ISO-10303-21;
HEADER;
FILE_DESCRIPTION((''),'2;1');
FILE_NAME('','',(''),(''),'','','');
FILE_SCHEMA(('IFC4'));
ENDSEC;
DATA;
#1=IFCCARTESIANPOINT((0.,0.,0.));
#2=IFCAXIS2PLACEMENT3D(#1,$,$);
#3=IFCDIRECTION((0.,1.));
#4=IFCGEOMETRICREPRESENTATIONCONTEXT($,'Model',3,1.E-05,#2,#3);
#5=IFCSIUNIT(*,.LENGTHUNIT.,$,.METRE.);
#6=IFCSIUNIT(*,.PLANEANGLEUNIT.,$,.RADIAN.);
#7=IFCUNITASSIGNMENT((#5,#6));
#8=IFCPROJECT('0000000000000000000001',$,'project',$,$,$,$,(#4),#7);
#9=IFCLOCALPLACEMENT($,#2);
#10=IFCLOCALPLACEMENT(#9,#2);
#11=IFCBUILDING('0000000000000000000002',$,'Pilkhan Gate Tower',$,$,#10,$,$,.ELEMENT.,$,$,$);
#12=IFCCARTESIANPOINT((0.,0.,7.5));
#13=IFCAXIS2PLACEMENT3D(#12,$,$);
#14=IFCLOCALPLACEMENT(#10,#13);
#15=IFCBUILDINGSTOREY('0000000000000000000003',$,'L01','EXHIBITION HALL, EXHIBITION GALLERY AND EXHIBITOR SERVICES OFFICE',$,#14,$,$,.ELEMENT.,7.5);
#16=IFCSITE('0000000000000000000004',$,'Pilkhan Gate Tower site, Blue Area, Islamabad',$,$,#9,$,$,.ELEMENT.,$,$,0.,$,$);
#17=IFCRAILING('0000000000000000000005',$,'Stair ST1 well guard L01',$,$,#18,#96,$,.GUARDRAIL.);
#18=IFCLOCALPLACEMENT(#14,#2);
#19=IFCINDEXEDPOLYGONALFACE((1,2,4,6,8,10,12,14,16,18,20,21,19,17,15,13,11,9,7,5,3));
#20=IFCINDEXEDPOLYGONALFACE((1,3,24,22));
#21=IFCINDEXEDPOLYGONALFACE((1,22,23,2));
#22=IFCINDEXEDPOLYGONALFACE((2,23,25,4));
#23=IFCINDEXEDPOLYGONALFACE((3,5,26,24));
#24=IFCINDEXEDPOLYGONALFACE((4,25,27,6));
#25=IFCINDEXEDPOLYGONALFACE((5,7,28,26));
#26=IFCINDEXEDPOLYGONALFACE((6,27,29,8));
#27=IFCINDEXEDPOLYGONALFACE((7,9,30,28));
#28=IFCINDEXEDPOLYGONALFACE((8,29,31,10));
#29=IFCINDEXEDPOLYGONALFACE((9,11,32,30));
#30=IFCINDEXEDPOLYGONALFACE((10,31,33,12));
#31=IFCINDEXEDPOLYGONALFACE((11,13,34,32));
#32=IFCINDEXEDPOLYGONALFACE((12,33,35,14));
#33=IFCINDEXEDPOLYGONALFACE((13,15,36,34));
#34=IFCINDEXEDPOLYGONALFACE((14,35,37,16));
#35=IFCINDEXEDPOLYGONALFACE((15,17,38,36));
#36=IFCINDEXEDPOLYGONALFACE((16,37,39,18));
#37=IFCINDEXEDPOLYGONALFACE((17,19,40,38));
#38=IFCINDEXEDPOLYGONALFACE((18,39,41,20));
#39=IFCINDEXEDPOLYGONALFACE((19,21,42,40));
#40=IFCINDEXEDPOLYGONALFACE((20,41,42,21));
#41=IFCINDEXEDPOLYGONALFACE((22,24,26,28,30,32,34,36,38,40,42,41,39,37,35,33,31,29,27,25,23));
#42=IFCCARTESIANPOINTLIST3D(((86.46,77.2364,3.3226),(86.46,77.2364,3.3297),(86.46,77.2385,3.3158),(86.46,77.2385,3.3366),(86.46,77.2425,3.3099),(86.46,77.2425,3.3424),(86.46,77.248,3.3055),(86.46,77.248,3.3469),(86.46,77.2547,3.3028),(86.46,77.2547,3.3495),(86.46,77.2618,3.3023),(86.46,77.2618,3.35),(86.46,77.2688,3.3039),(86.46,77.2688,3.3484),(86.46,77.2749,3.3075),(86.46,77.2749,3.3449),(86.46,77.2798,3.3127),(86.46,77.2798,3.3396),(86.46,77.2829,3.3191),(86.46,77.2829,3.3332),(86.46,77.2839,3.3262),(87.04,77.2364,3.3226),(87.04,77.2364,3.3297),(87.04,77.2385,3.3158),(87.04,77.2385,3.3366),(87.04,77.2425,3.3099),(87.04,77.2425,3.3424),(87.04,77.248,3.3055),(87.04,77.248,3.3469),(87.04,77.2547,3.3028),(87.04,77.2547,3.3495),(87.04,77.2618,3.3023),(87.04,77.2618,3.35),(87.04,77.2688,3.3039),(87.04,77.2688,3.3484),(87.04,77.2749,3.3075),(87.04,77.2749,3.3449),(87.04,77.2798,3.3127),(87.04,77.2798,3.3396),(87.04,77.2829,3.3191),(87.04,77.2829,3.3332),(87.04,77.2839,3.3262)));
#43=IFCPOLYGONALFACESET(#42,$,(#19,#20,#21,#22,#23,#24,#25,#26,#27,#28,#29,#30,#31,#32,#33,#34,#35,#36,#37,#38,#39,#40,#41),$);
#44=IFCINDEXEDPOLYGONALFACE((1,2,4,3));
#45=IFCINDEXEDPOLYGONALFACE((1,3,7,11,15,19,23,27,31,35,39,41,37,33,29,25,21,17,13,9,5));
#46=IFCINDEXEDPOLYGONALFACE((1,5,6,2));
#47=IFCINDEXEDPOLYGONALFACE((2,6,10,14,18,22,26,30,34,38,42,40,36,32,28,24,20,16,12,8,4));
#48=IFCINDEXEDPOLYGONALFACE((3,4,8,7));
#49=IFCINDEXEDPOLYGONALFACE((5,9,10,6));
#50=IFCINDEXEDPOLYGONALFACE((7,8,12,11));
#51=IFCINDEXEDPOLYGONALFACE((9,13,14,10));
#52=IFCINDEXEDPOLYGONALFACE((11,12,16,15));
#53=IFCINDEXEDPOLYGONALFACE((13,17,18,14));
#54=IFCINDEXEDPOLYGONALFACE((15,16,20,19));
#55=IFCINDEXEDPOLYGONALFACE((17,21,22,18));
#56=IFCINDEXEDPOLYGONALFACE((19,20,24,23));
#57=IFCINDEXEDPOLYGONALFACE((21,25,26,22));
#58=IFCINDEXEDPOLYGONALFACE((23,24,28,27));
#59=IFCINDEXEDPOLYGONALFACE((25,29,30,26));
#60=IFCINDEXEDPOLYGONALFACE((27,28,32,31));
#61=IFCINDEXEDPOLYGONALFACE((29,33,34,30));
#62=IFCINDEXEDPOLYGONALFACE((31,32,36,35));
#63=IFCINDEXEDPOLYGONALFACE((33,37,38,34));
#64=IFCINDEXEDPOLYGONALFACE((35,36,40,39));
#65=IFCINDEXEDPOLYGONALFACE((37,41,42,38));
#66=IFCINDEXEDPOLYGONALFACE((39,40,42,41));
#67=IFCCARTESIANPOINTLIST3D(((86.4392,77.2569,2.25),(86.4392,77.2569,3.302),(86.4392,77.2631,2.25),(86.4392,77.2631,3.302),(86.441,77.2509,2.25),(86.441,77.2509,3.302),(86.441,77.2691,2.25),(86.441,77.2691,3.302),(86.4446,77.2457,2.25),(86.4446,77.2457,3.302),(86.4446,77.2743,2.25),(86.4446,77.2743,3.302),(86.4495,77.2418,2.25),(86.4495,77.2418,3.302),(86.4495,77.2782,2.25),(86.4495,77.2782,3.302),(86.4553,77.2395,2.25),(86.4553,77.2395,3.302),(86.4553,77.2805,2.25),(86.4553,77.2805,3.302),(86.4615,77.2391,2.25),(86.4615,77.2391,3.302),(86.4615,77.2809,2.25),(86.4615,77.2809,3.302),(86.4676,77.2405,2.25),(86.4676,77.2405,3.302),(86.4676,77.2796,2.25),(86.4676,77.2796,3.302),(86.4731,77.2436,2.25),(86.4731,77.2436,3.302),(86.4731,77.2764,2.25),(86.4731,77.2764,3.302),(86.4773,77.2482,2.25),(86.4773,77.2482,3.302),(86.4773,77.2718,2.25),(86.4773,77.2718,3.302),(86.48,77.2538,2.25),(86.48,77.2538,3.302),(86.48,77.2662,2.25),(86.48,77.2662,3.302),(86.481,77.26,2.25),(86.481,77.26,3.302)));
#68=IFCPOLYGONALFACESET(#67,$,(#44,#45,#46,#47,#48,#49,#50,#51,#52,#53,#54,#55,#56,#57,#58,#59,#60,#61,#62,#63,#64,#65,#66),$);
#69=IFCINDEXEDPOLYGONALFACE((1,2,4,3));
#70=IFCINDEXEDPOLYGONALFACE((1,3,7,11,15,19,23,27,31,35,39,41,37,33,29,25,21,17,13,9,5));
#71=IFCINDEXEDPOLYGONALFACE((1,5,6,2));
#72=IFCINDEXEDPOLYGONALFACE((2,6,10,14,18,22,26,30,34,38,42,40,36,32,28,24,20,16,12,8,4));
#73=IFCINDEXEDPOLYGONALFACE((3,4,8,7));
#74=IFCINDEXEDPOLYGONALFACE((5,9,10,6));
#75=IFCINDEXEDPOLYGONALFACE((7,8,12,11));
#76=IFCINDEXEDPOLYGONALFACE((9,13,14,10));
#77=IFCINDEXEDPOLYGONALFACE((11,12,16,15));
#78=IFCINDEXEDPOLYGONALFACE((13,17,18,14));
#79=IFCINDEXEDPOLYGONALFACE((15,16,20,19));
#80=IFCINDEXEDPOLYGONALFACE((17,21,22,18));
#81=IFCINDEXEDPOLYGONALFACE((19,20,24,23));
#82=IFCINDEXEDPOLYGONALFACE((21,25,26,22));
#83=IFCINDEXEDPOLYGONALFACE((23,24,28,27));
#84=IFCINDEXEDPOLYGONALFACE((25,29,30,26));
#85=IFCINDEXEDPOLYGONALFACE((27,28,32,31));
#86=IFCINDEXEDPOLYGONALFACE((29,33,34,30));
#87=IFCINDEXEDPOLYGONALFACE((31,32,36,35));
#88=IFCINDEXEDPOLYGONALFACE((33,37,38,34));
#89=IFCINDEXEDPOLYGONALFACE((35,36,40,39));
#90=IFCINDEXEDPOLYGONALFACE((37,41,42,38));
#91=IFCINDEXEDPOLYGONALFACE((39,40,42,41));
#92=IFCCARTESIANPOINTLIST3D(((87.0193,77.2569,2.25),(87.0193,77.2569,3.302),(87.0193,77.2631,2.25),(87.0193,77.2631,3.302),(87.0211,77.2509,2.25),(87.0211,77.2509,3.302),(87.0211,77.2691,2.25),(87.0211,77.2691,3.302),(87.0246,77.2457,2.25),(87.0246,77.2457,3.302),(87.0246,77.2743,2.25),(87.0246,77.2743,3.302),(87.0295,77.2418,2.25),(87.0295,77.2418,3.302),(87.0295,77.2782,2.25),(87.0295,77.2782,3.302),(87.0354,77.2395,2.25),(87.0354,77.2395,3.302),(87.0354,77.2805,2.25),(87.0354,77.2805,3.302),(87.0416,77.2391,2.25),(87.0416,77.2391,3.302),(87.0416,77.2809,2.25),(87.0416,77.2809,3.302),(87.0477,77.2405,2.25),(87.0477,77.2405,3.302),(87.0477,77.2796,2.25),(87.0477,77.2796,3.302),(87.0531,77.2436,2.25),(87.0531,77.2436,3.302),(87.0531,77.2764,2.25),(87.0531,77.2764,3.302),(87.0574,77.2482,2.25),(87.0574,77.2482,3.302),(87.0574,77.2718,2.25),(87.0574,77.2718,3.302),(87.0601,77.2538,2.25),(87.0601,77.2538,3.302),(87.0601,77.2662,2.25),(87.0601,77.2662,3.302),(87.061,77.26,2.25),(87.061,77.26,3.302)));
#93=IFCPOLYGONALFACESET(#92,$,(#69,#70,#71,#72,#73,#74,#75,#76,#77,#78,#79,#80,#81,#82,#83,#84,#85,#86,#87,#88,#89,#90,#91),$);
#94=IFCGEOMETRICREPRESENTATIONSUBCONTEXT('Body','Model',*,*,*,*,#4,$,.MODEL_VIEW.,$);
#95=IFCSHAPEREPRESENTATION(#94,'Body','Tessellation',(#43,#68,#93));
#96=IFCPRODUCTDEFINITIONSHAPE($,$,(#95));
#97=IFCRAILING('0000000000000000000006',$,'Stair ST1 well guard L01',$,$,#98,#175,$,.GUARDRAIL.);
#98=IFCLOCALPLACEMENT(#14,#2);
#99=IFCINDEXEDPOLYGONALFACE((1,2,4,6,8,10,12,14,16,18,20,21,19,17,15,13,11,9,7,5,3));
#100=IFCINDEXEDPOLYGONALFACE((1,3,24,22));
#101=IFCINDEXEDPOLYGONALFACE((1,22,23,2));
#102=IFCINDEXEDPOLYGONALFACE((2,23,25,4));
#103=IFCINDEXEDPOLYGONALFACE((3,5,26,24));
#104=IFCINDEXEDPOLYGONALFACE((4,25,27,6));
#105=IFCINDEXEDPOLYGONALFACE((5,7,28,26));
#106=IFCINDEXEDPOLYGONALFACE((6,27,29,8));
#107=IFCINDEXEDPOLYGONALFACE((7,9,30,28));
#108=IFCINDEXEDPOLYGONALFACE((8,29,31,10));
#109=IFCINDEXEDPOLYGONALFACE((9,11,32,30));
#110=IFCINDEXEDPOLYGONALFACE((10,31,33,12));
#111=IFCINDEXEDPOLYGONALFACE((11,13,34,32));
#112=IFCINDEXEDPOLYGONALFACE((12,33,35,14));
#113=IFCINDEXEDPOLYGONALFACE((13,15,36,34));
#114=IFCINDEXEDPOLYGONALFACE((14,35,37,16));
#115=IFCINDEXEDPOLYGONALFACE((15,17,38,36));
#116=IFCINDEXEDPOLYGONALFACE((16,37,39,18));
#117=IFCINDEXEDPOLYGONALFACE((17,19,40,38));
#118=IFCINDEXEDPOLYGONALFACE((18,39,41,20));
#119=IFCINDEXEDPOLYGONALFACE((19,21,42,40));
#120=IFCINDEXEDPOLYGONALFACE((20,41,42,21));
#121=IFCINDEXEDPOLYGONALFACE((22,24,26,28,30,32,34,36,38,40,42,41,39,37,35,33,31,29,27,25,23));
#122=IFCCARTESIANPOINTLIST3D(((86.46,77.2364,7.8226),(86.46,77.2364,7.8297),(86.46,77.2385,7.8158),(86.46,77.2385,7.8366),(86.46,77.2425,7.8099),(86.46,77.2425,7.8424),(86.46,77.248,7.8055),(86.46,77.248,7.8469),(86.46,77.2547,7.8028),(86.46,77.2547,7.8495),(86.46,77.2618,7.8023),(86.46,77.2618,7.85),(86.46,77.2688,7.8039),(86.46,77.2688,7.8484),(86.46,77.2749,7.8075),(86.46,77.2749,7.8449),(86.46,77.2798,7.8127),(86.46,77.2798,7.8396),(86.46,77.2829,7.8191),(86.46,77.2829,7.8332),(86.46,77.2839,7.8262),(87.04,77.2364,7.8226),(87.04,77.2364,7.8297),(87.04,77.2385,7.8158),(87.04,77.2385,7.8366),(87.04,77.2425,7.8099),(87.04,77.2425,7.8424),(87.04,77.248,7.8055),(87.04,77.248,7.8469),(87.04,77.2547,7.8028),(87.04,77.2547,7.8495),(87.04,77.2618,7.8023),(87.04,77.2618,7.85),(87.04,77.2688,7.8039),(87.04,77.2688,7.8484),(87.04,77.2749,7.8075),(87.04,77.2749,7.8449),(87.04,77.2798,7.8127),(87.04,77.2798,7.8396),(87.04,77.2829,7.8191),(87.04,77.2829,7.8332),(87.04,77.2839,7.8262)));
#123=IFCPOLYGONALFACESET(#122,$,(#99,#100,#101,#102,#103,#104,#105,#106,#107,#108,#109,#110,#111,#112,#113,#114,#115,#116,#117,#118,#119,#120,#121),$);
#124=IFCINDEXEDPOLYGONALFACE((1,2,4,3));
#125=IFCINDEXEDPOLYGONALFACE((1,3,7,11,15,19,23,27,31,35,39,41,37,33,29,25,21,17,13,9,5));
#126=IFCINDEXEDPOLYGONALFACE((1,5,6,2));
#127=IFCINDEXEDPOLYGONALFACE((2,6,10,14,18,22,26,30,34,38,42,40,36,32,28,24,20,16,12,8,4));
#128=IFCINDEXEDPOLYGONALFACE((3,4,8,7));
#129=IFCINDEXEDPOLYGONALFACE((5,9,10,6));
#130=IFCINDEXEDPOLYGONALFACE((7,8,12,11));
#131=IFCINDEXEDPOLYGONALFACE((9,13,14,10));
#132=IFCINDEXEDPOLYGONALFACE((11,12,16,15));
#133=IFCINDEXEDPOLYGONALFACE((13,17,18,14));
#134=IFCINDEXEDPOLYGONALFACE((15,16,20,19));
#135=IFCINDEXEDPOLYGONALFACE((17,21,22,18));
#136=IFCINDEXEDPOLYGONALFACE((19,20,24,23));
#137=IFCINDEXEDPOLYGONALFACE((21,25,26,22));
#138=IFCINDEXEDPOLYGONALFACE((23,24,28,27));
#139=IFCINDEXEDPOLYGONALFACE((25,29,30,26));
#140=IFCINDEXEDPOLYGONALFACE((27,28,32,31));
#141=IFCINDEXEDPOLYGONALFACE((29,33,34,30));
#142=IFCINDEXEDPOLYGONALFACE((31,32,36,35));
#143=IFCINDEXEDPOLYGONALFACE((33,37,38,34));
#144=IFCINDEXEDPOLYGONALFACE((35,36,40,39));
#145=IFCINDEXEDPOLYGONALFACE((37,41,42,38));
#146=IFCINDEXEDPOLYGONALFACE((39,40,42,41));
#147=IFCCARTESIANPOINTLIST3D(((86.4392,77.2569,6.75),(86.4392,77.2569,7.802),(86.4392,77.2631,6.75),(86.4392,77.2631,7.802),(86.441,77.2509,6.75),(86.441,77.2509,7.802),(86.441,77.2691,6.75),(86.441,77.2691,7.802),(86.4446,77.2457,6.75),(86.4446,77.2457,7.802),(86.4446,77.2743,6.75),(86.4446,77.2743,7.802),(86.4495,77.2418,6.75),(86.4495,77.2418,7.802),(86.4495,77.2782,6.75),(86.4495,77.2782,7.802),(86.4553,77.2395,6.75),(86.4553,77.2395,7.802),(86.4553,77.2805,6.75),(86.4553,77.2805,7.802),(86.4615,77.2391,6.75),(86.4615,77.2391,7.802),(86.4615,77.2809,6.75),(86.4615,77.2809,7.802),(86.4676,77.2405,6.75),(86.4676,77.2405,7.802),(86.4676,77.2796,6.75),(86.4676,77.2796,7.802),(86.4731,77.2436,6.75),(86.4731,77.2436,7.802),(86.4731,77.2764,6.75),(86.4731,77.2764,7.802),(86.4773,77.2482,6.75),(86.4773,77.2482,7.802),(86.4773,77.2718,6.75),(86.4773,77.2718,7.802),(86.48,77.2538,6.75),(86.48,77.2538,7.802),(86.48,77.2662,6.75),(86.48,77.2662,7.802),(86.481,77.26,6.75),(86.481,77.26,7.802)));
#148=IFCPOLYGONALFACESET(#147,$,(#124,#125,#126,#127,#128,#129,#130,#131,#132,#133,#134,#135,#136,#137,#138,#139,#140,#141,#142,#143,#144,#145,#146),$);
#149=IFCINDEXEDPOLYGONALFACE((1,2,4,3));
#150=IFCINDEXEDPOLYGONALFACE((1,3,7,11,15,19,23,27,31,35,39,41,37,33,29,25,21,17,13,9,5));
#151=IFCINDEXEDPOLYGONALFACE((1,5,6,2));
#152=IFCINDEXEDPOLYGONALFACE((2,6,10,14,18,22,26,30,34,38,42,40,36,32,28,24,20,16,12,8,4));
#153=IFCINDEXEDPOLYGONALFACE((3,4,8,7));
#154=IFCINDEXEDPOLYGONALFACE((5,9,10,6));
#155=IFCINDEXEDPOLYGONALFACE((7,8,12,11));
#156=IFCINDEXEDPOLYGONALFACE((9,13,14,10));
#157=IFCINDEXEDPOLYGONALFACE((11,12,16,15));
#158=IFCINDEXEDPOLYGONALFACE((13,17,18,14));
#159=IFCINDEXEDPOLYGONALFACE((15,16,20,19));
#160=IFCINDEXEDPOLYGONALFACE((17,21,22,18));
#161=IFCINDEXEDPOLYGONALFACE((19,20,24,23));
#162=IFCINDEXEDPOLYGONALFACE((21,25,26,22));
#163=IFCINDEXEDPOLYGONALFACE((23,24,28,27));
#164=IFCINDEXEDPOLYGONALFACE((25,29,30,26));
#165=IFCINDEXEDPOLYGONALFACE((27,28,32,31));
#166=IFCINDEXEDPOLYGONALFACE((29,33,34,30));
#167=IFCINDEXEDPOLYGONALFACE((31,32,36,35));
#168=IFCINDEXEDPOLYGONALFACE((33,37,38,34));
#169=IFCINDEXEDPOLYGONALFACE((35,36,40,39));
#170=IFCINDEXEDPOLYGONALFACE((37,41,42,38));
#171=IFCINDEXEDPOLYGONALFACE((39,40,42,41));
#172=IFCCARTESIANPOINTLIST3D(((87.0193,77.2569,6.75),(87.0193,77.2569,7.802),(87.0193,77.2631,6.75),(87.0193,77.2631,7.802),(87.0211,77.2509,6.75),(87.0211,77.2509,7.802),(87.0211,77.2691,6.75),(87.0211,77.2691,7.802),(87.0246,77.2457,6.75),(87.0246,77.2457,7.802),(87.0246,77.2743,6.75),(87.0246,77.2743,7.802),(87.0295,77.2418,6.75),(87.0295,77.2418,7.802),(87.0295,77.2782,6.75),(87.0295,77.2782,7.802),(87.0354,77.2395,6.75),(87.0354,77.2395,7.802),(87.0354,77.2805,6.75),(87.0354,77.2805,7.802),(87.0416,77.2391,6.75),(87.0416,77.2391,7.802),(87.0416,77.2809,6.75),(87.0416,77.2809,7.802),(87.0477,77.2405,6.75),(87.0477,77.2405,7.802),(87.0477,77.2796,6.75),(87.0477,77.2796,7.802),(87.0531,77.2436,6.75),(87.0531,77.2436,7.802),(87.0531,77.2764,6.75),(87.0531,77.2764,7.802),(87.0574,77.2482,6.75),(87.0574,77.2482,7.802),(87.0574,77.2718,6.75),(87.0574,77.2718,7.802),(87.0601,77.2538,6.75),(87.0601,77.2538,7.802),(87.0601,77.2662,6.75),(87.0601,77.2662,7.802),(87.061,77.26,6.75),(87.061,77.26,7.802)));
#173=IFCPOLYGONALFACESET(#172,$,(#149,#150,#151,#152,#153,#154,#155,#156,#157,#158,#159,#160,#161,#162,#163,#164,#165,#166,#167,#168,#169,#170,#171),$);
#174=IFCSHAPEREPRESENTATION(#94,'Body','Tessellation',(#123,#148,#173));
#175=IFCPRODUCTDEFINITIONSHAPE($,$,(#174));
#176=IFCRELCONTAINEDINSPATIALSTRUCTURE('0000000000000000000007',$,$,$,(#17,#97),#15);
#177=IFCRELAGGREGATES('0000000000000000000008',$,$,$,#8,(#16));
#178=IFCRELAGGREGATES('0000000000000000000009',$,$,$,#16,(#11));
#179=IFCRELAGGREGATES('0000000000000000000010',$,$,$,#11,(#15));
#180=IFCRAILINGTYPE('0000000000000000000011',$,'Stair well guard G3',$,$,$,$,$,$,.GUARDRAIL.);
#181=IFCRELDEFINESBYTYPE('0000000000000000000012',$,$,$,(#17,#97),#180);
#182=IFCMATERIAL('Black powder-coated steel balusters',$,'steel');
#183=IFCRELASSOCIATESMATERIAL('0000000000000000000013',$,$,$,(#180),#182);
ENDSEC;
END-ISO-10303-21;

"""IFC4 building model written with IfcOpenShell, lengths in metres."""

from ifc_helpers import new_model, si_unit, direction, frame, origin, origin_2d, place, context, subcontext, project, spatial, circle, extrude, material, type_object, element, save


model = new_model("IFC4")

# Units and contexts
model_context = context("Model", 3, precision=1e-05, world=origin(), true_north=direction((0.0, 1.0)))
body_context = subcontext(model_context, "Body", "Model", "MODEL_VIEW")
ifc_project = project(units=[si_unit("LENGTHUNIT", "METRE"), si_unit("PLANEANGLEUNIT", "RADIAN")], contexts=[model_context])

# Site, building, storey
site_placement = place(None, origin())
site = spatial("IfcSite", under=ifc_project, at=site_placement, Name="Pilkhan Gate Tower site, Blue Area, Islamabad", CompositionType="ELEMENT", RefElevation=0.0)
building_placement = place(site_placement, origin())
building = spatial("IfcBuilding", under=site, at=building_placement, Name="Pilkhan Gate Tower", CompositionType="ELEMENT")
storey_placement = place(building_placement, frame((0.0, 0.0, 7.5)))
storey = spatial("IfcBuildingStorey", under=building, at=storey_placement, Name="L01", Description="EXHIBITION HALL, EXHIBITION GALLERY AND EXHIBITOR SERVICES OFFICE", CompositionType="ELEMENT", Elevation=7.5)

# Railings
ifc_material_1 = material(Name="Black powder-coated steel balusters", Category="steel")
railing_type_1 = type_object("IfcRailingType", Name="Stair well guard G3", PredefinedType="GUARDRAIL", material=ifc_material_1)
for number, where, name in (
    (1, (86.46, 77.26, 2.25), "Stair ST1 well guard L01"),
    (2, (86.46, 77.26, 6.75), "Stair ST1 well guard L01"),
):
    element("IfcRailing", number, at=place(storey_placement, frame(where)), inside=storey, type_object=railing_type_1, Name=name, PredefinedType="GUARDRAIL", context=body_context, shape_type="SweptSolid", body=[
        extrude(circle(Radius=0.0239, at=origin_2d()), frame((0.0, 0.0, 1.0762), z_axis=(1.0, 0.0, 0.0), x_axis=(0.0, 1.0, 0.0)), (0.0, 0.0, 1.0), 0.5801),
        extrude(circle(Radius=0.021, at=origin_2d()), origin(), (0.0, 0.0, 1.0), 1.052),
        extrude(circle(Radius=0.021, at=origin_2d()), frame((0.5801, 0.0, 0.0)), (0.0, 0.0, 1.0), 1.052),
    ])

save(model, "model.ifc")
